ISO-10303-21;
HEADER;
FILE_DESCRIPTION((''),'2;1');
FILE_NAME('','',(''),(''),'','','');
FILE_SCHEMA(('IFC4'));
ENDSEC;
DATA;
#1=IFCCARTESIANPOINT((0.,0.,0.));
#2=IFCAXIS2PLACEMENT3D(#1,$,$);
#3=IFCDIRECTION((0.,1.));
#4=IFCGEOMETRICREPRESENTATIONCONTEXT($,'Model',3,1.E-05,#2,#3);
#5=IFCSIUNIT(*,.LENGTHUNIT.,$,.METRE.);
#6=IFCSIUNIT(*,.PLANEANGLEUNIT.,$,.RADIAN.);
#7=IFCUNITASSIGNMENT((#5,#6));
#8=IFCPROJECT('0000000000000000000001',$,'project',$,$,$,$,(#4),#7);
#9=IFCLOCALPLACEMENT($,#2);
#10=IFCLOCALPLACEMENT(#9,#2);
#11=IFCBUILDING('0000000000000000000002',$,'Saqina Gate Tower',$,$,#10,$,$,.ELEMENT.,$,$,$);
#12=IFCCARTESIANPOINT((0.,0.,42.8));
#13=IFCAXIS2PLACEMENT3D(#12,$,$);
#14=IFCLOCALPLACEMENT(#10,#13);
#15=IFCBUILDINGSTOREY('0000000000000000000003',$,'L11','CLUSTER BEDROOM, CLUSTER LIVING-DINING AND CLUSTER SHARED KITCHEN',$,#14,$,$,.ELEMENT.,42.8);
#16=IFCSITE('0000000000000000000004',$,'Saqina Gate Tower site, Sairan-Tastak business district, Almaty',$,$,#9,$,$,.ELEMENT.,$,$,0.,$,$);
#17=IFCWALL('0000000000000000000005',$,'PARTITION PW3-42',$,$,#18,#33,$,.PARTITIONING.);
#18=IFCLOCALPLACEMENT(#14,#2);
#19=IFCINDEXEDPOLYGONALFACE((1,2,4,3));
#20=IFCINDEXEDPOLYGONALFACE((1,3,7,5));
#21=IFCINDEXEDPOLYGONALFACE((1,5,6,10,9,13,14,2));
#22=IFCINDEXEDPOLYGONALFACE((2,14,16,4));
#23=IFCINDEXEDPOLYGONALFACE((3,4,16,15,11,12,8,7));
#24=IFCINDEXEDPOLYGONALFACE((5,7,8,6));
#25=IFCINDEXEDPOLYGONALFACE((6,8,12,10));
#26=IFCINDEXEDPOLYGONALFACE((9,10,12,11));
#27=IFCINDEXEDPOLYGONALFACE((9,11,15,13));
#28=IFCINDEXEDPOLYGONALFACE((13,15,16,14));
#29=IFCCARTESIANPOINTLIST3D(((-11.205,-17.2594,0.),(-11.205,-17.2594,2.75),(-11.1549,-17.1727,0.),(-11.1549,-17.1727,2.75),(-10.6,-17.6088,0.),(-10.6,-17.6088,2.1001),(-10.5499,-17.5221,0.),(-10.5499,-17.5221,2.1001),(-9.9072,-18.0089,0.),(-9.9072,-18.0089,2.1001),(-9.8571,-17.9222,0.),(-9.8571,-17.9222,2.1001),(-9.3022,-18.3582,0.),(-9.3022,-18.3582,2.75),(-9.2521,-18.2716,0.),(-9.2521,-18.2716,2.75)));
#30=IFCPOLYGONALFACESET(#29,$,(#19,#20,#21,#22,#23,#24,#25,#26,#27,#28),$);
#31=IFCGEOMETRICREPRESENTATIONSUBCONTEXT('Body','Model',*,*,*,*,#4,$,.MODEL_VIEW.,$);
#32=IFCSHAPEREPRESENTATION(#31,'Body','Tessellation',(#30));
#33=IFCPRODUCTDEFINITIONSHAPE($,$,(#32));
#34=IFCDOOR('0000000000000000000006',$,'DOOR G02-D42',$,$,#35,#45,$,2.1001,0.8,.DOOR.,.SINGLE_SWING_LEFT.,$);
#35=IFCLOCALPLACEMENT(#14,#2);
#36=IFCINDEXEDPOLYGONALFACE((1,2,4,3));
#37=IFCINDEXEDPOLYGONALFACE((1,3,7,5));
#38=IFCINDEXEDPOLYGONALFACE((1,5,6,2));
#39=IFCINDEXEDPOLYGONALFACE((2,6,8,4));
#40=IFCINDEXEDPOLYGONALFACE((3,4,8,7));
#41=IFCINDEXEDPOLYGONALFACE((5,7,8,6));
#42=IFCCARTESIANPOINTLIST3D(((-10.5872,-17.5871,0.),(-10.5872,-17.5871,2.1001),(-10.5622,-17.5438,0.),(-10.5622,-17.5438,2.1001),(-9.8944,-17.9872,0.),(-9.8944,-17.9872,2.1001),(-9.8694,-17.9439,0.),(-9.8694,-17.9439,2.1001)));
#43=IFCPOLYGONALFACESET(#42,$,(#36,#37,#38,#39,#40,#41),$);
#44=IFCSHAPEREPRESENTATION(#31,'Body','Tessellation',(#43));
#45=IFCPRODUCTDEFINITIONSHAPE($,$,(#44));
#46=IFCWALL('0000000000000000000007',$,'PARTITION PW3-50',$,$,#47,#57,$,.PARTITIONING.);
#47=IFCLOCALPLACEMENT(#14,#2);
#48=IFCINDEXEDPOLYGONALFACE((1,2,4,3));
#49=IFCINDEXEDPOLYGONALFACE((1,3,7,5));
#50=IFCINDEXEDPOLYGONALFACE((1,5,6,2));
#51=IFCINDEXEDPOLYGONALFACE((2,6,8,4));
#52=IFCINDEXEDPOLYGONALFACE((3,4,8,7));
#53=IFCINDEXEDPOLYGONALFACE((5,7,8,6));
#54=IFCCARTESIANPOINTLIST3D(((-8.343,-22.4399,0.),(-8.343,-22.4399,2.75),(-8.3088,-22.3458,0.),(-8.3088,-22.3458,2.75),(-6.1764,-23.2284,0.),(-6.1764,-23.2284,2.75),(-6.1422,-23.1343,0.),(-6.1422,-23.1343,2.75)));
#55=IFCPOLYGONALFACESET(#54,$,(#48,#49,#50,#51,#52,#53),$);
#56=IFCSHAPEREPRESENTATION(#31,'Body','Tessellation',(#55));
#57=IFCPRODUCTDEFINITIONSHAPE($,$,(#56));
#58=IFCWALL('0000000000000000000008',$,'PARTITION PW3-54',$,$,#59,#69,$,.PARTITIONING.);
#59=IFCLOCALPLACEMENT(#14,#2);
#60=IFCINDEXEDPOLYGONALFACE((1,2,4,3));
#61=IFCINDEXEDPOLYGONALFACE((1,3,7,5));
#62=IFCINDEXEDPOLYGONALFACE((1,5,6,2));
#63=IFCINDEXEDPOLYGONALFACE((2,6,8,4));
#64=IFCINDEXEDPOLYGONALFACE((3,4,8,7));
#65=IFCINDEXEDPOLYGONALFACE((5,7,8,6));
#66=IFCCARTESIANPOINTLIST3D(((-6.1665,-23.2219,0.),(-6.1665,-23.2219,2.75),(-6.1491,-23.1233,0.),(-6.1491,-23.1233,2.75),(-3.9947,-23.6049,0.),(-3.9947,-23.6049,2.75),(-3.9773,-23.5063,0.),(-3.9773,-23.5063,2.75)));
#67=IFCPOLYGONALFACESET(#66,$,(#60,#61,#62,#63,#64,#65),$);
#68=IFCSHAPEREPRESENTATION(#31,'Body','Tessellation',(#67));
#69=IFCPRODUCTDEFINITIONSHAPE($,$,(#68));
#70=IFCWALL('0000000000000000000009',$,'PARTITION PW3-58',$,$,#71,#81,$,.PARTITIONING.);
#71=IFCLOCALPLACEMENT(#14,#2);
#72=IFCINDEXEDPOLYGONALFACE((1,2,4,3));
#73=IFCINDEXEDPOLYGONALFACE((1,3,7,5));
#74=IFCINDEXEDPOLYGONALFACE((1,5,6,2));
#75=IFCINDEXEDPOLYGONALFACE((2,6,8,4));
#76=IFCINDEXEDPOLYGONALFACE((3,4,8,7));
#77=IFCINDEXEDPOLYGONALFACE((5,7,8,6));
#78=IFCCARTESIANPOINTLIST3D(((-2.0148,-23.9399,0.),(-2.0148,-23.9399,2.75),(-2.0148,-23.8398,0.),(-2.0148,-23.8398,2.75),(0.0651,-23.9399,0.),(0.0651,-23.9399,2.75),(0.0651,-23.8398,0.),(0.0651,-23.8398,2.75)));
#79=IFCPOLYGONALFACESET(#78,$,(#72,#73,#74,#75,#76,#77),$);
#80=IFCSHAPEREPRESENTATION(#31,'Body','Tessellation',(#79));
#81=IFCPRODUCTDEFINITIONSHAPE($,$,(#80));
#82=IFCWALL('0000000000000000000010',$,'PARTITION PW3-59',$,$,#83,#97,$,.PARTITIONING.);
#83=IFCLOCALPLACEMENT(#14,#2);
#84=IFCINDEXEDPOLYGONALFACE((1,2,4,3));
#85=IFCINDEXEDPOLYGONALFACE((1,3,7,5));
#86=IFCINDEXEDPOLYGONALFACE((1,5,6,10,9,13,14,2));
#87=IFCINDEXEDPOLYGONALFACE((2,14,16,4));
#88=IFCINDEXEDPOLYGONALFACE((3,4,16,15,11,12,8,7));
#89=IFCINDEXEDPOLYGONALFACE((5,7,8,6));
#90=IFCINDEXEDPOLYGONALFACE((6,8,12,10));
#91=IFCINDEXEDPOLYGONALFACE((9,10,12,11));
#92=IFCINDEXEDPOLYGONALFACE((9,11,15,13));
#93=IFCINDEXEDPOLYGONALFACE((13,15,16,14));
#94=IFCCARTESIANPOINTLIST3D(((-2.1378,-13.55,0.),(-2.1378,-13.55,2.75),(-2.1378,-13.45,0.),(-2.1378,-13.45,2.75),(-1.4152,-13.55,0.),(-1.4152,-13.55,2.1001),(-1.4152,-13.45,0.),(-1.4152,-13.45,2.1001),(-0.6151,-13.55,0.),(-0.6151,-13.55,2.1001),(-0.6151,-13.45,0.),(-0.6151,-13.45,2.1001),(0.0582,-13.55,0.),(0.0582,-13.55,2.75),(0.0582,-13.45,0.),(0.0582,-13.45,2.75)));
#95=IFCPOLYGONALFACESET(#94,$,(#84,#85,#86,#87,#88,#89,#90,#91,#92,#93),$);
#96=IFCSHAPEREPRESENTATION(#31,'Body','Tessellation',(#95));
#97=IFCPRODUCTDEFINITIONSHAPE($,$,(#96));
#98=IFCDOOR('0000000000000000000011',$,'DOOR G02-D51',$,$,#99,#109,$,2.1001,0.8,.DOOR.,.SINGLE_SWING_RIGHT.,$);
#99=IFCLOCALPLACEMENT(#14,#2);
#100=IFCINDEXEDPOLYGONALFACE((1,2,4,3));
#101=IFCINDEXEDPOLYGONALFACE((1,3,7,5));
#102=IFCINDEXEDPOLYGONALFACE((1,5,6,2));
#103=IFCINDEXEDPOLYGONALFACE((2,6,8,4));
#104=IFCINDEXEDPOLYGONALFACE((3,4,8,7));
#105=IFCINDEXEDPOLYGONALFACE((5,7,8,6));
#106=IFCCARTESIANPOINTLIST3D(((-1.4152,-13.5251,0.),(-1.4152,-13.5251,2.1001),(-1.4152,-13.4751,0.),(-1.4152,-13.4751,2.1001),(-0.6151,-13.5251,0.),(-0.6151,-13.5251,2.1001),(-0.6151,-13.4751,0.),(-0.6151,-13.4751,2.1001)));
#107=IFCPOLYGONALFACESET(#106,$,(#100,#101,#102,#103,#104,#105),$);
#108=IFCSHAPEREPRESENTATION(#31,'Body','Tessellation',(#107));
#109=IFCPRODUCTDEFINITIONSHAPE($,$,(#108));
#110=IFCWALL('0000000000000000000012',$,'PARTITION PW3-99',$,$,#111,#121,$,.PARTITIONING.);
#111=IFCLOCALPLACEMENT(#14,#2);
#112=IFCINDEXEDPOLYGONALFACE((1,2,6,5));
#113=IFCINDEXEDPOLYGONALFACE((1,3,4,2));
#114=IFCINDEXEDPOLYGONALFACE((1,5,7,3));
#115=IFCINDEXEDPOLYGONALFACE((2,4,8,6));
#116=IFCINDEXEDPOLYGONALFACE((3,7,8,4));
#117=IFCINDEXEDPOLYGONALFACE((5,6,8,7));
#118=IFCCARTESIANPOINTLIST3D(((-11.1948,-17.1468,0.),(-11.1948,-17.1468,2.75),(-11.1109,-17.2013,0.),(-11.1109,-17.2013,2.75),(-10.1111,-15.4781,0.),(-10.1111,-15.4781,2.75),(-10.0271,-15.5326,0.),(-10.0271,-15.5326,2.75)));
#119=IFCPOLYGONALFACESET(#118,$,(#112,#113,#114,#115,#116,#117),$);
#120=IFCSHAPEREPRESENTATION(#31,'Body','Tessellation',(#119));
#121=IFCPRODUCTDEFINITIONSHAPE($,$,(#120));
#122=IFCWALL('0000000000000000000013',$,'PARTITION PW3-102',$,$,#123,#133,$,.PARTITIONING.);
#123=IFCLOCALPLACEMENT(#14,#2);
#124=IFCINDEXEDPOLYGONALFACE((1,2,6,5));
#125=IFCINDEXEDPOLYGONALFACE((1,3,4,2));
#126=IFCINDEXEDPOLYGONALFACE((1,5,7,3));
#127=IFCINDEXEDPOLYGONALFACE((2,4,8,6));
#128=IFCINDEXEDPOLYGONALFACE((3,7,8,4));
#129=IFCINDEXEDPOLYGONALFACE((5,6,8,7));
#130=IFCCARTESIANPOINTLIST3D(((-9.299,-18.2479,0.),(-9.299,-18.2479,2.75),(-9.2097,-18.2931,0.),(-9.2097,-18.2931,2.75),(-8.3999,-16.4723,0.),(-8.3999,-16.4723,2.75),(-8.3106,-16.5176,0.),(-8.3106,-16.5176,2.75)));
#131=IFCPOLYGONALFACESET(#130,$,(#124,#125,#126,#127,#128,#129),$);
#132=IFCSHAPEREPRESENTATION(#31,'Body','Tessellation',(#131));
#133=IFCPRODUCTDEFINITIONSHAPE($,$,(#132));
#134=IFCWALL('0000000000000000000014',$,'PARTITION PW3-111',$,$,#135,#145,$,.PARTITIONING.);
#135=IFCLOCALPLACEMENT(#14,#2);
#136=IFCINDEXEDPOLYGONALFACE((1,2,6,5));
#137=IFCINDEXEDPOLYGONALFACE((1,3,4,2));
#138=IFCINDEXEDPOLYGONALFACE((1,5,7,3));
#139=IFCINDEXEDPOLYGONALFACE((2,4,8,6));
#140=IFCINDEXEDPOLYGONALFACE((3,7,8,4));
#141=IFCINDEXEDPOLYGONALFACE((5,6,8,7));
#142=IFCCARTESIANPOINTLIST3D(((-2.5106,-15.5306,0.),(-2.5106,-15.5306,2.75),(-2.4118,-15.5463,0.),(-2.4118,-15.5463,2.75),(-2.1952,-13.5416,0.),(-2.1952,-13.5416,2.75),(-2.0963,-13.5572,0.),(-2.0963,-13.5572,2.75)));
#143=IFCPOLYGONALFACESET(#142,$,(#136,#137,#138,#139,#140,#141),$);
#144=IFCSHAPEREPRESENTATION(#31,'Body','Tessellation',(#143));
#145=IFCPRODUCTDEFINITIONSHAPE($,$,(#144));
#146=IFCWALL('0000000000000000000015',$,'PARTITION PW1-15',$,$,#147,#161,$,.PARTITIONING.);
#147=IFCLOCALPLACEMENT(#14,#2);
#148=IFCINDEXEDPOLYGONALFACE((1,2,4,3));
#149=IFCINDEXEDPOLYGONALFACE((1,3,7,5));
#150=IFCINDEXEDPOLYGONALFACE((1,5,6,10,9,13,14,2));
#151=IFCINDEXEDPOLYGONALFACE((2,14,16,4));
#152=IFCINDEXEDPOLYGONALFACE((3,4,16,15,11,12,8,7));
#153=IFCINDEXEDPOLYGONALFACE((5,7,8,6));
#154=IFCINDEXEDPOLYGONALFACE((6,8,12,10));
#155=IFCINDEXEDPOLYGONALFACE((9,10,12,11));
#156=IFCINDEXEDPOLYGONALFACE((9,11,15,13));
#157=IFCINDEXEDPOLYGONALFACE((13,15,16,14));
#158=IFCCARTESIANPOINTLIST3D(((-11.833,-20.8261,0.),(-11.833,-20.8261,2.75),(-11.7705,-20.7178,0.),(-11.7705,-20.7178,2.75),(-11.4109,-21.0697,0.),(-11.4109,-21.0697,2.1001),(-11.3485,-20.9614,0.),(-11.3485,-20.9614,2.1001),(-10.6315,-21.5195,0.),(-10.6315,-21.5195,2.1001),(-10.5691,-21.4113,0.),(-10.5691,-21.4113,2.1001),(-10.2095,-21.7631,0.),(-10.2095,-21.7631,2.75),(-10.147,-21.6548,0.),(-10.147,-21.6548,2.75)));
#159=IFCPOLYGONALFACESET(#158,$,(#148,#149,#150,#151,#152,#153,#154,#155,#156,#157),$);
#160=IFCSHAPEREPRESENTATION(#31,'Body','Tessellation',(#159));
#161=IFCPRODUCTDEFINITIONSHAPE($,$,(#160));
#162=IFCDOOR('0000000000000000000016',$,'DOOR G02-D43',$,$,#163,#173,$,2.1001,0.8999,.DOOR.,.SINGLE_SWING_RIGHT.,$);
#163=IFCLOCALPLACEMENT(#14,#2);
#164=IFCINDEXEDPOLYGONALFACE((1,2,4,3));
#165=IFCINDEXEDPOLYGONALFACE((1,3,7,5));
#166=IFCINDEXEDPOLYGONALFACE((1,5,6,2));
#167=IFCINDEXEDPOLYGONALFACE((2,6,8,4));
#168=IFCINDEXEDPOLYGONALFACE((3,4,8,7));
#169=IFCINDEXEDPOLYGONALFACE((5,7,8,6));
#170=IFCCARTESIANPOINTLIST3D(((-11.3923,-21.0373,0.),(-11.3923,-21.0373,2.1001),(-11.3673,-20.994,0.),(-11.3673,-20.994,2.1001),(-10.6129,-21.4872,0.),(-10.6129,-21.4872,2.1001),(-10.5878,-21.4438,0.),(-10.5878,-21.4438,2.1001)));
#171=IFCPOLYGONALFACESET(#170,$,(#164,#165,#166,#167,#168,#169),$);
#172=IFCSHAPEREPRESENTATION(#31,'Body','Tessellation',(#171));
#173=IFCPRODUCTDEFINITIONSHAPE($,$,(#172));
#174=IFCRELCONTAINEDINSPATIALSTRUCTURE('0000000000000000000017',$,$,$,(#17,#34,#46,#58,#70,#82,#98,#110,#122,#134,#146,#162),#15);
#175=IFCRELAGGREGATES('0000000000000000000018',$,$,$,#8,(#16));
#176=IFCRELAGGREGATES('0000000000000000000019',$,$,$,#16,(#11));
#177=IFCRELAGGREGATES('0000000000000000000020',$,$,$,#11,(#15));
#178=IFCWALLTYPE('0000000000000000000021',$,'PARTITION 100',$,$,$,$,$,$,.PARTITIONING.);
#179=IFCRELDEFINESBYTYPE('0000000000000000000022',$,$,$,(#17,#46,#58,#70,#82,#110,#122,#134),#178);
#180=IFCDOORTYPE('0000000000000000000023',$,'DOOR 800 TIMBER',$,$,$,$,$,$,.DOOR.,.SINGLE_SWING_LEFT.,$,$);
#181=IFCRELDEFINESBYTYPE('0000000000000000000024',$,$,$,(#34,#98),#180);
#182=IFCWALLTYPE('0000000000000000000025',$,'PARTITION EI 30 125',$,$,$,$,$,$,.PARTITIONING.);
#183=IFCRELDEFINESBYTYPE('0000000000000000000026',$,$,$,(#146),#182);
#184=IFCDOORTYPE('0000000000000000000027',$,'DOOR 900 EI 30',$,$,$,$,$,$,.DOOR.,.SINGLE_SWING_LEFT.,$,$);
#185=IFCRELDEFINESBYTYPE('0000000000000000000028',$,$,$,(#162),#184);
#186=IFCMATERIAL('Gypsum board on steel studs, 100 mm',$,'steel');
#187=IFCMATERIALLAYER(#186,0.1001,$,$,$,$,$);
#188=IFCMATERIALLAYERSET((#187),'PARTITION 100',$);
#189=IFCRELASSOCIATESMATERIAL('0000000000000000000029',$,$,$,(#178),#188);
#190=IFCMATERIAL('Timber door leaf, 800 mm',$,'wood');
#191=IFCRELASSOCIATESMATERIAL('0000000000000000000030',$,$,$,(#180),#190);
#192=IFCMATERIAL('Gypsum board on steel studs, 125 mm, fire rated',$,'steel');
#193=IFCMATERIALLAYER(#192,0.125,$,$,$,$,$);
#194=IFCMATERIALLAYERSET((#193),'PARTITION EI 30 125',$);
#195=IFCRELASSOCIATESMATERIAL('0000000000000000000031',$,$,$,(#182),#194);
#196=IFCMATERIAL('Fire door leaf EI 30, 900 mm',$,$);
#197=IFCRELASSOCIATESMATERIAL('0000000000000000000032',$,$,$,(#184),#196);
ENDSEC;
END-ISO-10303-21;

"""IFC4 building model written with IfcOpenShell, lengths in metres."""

from ifc_helpers import new_model, si_unit, direction, frame, frame_2d, origin, place, context, subcontext, project, spatial, rectangle, extrude, material, layer, layer_set, type_object, element, fill, save


model = new_model("IFC4")

# Units and contexts
model_context = context("Model", 3, precision=1e-05, world=origin(), true_north=direction((0.0, 1.0)))
body_context = subcontext(model_context, "Body", "Model", "MODEL_VIEW")
ifc_project = project(units=[si_unit("LENGTHUNIT", "METRE"), si_unit("PLANEANGLEUNIT", "RADIAN")], contexts=[model_context])

# Site, building, storey
site_placement = place(None, origin())
site = spatial("IfcSite", under=ifc_project, at=site_placement, Name="Saqina Gate Tower site, Sairan-Tastak business district, Almaty", CompositionType="ELEMENT", RefElevation=0.0)
building_placement = place(site_placement, origin())
building = spatial("IfcBuilding", under=site, at=building_placement, Name="Saqina Gate Tower", CompositionType="ELEMENT")
storey_placement = place(building_placement, frame((0.0, 0.0, 42.8)))
storey = spatial("IfcBuildingStorey", under=building, at=storey_placement, Name="L11", Description="CLUSTER BEDROOM, CLUSTER LIVING-DINING AND CLUSTER SHARED KITCHEN", CompositionType="ELEMENT", Elevation=42.8)

# Wall, opening, door
ifc_material_1 = material(Name="Gypsum board on steel studs, 100 mm", Category="steel")
ifc_layer_1 = layer(ifc_material_1, 0.1001)
ifc_layer_set_1 = layer_set([ifc_layer_1], Name="PARTITION 100")
wall_type_1 = type_object("IfcWallType", Name="PARTITION 100", PredefinedType="PARTITIONING", material=ifc_layer_set_1)
wall_1_placement = place(storey_placement, frame((-11.1799, -17.2161, 0.0), z_axis=(0.0, 0.0, 1.0), x_axis=(0.865971, -0.500094, 0.0)))
wall_1 = element("IfcWall", 1, at=wall_1_placement, inside=storey, type_object=wall_type_1, Name="PARTITION PW3-42", PredefinedType="PARTITIONING", context=body_context, shape_type="SweptSolid", body=[
    extrude(rectangle(XDim=2.1973, YDim=0.1001, at=frame_2d((1.0986, 0.0))), origin(), (0.0, 0.0, 1.0), 2.75),
])
opening_1_placement = place(wall_1_placement, frame((0.6987, 0.0, 0.0)))
opening_1 = element("IfcOpeningElement", 2, at=opening_1_placement, cuts=wall_1, PredefinedType="OPENING", context=body_context, shape_type="SweptSolid", body=[
    extrude(rectangle(XDim=0.8, YDim=2.1001, at=frame_2d((0.3999, 1.05))), frame((0.0, 0.062, 0.0), z_axis=(0.0, -1.0, 0.0), x_axis=(1.0, 0.0, 0.0)), (0.0, 0.0, 1.0), 0.124),
])
ifc_material_2 = material(Name="Timber door leaf, 800 mm", Category="wood")
door_type_1 = type_object("IfcDoorType", Name="DOOR 800 TIMBER", OperationType="SINGLE_SWING_LEFT", PredefinedType="DOOR", material=ifc_material_2)
door_1_placement = place(opening_1_placement, frame((0.8, 0.0, 0.0), z_axis=(0.0, 0.0, 1.0), x_axis=(-1.0, 0.0, 0.0)))
door_1 = element("IfcDoor", 3, at=door_1_placement, inside=storey, type_object=door_type_1, Name="DOOR G02-D42", OperationType="SINGLE_SWING_LEFT", OverallHeight=2.1001, OverallWidth=0.8, PredefinedType="DOOR", context=body_context, shape_type="SweptSolid", body=[
    extrude(rectangle(XDim=0.8, YDim=2.1001, at=frame_2d((0.3999, 1.05))), frame((0.0, 0.0249, 0.0), z_axis=(0.0, -1.0, 0.0), x_axis=(1.0, 0.0, 0.0)), (0.0, 0.0, 1.0), 0.05),
])
fill(opening_1, door_1)

# Walls
wall_2_placement = place(storey_placement, frame((-8.3259, -22.3928, 0.0), z_axis=(0.0, 0.0, 1.0), x_axis=(0.939701, -0.341998, 0.0)))
element("IfcWall", 4, at=wall_2_placement, inside=storey, type_object=wall_type_1, Name="PARTITION PW3-50", PredefinedType="PARTITIONING", context=body_context, shape_type="SweptSolid", body=[
    extrude(rectangle(XDim=2.3057, YDim=0.1001, at=frame_2d((1.1528, 0.0))), origin(), (0.0, 0.0, 1.0), 2.75),
])
wall_3_placement = place(storey_placement, frame((-6.1577, -23.1726, 0.0), z_axis=(0.0, 0.0, 1.0), x_axis=(0.9848, -0.173691, 0.0)))
element("IfcWall", 5, at=wall_3_placement, inside=storey, type_object=wall_type_1, Name="PARTITION PW3-54", PredefinedType="PARTITIONING", context=body_context, shape_type="SweptSolid", body=[
    extrude(rectangle(XDim=2.2053, YDim=0.1001, at=frame_2d((1.1025, 0.0))), origin(), (0.0, 0.0, 1.0), 2.75),
])
wall_4_placement = place(storey_placement, frame((-2.0149, -23.8899, 0.0), z_axis=(0.0, 0.0, 1.0), x_axis=(1.0, 0.0, 0.0)))
element("IfcWall", 6, at=wall_4_placement, inside=storey, type_object=wall_type_1, Name="PARTITION PW3-58", PredefinedType="PARTITIONING", context=body_context, shape_type="SweptSolid", body=[
    extrude(rectangle(XDim=2.0798, YDim=0.1001, at=frame_2d((1.04, 0.0))), origin(), (0.0, 0.0, 1.0), 2.75),
])

# Wall, opening, door
wall_5_placement = place(storey_placement, frame((-2.1379, -13.5, 0.0), z_axis=(0.0, 0.0, 1.0), x_axis=(1.0, 0.0, 0.0)))
wall_5 = element("IfcWall", 7, at=wall_5_placement, inside=storey, type_object=wall_type_1, Name="PARTITION PW3-59", PredefinedType="PARTITIONING", context=body_context, shape_type="SweptSolid", body=[
    extrude(rectangle(XDim=2.196, YDim=0.1001, at=frame_2d((1.0981, 0.0))), origin(), (0.0, 0.0, 1.0), 2.75),
])
opening_2_placement = place(wall_5_placement, frame((0.7229, 0.0, 0.0)))
opening_2 = element("IfcOpeningElement", 8, at=opening_2_placement, cuts=wall_5, PredefinedType="OPENING", context=body_context, shape_type="SweptSolid", body=[
    extrude(rectangle(XDim=0.8, YDim=2.1001, at=frame_2d((0.3999, 1.05))), frame((0.0, 0.062, 0.0), z_axis=(0.0, -1.0, 0.0), x_axis=(1.0, 0.0, 0.0)), (0.0, 0.0, 1.0), 0.124),
])
door_2_placement = place(opening_2_placement, origin())
door_2 = element("IfcDoor", 9, at=door_2_placement, inside=storey, type_object=door_type_1, Name="DOOR G02-D51", OperationType="SINGLE_SWING_RIGHT", OverallHeight=2.1001, OverallWidth=0.8, PredefinedType="DOOR", context=body_context, shape_type="SweptSolid", body=[
    extrude(rectangle(XDim=0.8, YDim=2.1001, at=frame_2d((0.3999, 1.05))), frame((0.0, 0.0249, 0.0), z_axis=(0.0, -1.0, 0.0), x_axis=(1.0, 0.0, 0.0)), (0.0, 0.0, 1.0), 0.05),
])
fill(opening_2, door_2)

# Walls
wall_6_placement = place(storey_placement, frame((-11.1528, -17.1741, 0.0), z_axis=(0.0, 0.0, 1.0), x_axis=(0.544665, 0.838654, 0.0)))
element("IfcWall", 10, at=wall_6_placement, inside=storey, type_object=wall_type_1, Name="PARTITION PW3-99", PredefinedType="PARTITIONING", context=body_context, shape_type="SweptSolid", body=[
    extrude(rectangle(XDim=1.9897, YDim=0.1001, at=frame_2d((0.9949, 0.0))), origin(), (0.0, 0.0, 1.0), 2.75),
])
wall_7_placement = place(storey_placement, frame((-9.2544, -18.2705, 0.0), z_axis=(0.0, 0.0, 1.0), x_axis=(0.451771, 0.892134, 0.0)))
element("IfcWall", 11, at=wall_7_placement, inside=storey, type_object=wall_type_1, Name="PARTITION PW3-102", PredefinedType="PARTITIONING", context=body_context, shape_type="SweptSolid", body=[
    extrude(rectangle(XDim=1.9902, YDim=0.1001, at=frame_2d((0.9951, 0.0))), origin(), (0.0, 0.0, 1.0), 2.75),
])
wall_8_placement = place(storey_placement, frame((-2.4612, -15.5383, 0.0), z_axis=(0.0, 0.0, 1.0), x_axis=(0.156629, 0.987658, 0.0)))
element("IfcWall", 12, at=wall_8_placement, inside=storey, type_object=wall_type_1, Name="PARTITION PW3-111", PredefinedType="PARTITIONING", context=body_context, shape_type="SweptSolid", body=[
    extrude(rectangle(XDim=2.0139, YDim=0.1001, at=frame_2d((1.0068, 0.0))), origin(), (0.0, 0.0, 1.0), 2.75),
])

# Wall, opening, door
ifc_material_3 = material(Name="Gypsum board on steel studs, 125 mm, fire rated", Category="steel")
ifc_layer_2 = layer(ifc_material_3, 0.125)
ifc_layer_set_2 = layer_set([ifc_layer_2], Name="PARTITION EI 30 125")
wall_type_2 = type_object("IfcWallType", Name="PARTITION EI 30 125", PredefinedType="PARTITIONING", material=ifc_layer_set_2)
wall_9_placement = place(storey_placement, frame((-11.8018, -20.772, 0.0), z_axis=(0.0, 0.0, 1.0), x_axis=(0.866103, -0.499865, 0.0)))
wall_9 = element("IfcWall", 13, at=wall_9_placement, inside=storey, type_object=wall_type_2, Name="PARTITION PW1-15", PredefinedType="PARTITIONING", context=body_context, shape_type="SweptSolid", body=[
    extrude(rectangle(XDim=1.8745, YDim=0.125, at=frame_2d((0.9373, 0.0))), origin(), (0.0, 0.0, 1.0), 2.75),
])
opening_3_placement = place(wall_9_placement, frame((0.4873, 0.0, 0.0)))
opening_3 = element("IfcOpeningElement", 14, at=opening_3_placement, cuts=wall_9, PredefinedType="OPENING", context=body_context, shape_type="SweptSolid", body=[
    extrude(rectangle(XDim=0.8999, YDim=2.1001, at=frame_2d((0.45, 1.05))), frame((0.0, 0.0745, 0.0), z_axis=(0.0, -1.0, 0.0), x_axis=(1.0, 0.0, 0.0)), (0.0, 0.0, 1.0), 0.1489),
])
ifc_material_4 = material(Name="Fire door leaf EI 30, 900 mm")
door_type_2 = type_object("IfcDoorType", Name="DOOR 900 EI 30", OperationType="SINGLE_SWING_LEFT", PredefinedType="DOOR", material=ifc_material_4)
door_3_placement = place(opening_3_placement, origin())
door_3 = element("IfcDoor", 15, at=door_3_placement, inside=storey, type_object=door_type_2, Name="DOOR G02-D43", OperationType="SINGLE_SWING_RIGHT", OverallHeight=2.1001, OverallWidth=0.8999, PredefinedType="DOOR", context=body_context, shape_type="SweptSolid", body=[
    extrude(rectangle(XDim=0.8999, YDim=2.1001, at=frame_2d((0.45, 1.05))), frame((0.0, 0.0249, 0.0), z_axis=(0.0, -1.0, 0.0), x_axis=(1.0, 0.0, 0.0)), (0.0, 0.0, 1.0), 0.05),
])
fill(opening_3, door_3)

save(model, "model.ifc")
